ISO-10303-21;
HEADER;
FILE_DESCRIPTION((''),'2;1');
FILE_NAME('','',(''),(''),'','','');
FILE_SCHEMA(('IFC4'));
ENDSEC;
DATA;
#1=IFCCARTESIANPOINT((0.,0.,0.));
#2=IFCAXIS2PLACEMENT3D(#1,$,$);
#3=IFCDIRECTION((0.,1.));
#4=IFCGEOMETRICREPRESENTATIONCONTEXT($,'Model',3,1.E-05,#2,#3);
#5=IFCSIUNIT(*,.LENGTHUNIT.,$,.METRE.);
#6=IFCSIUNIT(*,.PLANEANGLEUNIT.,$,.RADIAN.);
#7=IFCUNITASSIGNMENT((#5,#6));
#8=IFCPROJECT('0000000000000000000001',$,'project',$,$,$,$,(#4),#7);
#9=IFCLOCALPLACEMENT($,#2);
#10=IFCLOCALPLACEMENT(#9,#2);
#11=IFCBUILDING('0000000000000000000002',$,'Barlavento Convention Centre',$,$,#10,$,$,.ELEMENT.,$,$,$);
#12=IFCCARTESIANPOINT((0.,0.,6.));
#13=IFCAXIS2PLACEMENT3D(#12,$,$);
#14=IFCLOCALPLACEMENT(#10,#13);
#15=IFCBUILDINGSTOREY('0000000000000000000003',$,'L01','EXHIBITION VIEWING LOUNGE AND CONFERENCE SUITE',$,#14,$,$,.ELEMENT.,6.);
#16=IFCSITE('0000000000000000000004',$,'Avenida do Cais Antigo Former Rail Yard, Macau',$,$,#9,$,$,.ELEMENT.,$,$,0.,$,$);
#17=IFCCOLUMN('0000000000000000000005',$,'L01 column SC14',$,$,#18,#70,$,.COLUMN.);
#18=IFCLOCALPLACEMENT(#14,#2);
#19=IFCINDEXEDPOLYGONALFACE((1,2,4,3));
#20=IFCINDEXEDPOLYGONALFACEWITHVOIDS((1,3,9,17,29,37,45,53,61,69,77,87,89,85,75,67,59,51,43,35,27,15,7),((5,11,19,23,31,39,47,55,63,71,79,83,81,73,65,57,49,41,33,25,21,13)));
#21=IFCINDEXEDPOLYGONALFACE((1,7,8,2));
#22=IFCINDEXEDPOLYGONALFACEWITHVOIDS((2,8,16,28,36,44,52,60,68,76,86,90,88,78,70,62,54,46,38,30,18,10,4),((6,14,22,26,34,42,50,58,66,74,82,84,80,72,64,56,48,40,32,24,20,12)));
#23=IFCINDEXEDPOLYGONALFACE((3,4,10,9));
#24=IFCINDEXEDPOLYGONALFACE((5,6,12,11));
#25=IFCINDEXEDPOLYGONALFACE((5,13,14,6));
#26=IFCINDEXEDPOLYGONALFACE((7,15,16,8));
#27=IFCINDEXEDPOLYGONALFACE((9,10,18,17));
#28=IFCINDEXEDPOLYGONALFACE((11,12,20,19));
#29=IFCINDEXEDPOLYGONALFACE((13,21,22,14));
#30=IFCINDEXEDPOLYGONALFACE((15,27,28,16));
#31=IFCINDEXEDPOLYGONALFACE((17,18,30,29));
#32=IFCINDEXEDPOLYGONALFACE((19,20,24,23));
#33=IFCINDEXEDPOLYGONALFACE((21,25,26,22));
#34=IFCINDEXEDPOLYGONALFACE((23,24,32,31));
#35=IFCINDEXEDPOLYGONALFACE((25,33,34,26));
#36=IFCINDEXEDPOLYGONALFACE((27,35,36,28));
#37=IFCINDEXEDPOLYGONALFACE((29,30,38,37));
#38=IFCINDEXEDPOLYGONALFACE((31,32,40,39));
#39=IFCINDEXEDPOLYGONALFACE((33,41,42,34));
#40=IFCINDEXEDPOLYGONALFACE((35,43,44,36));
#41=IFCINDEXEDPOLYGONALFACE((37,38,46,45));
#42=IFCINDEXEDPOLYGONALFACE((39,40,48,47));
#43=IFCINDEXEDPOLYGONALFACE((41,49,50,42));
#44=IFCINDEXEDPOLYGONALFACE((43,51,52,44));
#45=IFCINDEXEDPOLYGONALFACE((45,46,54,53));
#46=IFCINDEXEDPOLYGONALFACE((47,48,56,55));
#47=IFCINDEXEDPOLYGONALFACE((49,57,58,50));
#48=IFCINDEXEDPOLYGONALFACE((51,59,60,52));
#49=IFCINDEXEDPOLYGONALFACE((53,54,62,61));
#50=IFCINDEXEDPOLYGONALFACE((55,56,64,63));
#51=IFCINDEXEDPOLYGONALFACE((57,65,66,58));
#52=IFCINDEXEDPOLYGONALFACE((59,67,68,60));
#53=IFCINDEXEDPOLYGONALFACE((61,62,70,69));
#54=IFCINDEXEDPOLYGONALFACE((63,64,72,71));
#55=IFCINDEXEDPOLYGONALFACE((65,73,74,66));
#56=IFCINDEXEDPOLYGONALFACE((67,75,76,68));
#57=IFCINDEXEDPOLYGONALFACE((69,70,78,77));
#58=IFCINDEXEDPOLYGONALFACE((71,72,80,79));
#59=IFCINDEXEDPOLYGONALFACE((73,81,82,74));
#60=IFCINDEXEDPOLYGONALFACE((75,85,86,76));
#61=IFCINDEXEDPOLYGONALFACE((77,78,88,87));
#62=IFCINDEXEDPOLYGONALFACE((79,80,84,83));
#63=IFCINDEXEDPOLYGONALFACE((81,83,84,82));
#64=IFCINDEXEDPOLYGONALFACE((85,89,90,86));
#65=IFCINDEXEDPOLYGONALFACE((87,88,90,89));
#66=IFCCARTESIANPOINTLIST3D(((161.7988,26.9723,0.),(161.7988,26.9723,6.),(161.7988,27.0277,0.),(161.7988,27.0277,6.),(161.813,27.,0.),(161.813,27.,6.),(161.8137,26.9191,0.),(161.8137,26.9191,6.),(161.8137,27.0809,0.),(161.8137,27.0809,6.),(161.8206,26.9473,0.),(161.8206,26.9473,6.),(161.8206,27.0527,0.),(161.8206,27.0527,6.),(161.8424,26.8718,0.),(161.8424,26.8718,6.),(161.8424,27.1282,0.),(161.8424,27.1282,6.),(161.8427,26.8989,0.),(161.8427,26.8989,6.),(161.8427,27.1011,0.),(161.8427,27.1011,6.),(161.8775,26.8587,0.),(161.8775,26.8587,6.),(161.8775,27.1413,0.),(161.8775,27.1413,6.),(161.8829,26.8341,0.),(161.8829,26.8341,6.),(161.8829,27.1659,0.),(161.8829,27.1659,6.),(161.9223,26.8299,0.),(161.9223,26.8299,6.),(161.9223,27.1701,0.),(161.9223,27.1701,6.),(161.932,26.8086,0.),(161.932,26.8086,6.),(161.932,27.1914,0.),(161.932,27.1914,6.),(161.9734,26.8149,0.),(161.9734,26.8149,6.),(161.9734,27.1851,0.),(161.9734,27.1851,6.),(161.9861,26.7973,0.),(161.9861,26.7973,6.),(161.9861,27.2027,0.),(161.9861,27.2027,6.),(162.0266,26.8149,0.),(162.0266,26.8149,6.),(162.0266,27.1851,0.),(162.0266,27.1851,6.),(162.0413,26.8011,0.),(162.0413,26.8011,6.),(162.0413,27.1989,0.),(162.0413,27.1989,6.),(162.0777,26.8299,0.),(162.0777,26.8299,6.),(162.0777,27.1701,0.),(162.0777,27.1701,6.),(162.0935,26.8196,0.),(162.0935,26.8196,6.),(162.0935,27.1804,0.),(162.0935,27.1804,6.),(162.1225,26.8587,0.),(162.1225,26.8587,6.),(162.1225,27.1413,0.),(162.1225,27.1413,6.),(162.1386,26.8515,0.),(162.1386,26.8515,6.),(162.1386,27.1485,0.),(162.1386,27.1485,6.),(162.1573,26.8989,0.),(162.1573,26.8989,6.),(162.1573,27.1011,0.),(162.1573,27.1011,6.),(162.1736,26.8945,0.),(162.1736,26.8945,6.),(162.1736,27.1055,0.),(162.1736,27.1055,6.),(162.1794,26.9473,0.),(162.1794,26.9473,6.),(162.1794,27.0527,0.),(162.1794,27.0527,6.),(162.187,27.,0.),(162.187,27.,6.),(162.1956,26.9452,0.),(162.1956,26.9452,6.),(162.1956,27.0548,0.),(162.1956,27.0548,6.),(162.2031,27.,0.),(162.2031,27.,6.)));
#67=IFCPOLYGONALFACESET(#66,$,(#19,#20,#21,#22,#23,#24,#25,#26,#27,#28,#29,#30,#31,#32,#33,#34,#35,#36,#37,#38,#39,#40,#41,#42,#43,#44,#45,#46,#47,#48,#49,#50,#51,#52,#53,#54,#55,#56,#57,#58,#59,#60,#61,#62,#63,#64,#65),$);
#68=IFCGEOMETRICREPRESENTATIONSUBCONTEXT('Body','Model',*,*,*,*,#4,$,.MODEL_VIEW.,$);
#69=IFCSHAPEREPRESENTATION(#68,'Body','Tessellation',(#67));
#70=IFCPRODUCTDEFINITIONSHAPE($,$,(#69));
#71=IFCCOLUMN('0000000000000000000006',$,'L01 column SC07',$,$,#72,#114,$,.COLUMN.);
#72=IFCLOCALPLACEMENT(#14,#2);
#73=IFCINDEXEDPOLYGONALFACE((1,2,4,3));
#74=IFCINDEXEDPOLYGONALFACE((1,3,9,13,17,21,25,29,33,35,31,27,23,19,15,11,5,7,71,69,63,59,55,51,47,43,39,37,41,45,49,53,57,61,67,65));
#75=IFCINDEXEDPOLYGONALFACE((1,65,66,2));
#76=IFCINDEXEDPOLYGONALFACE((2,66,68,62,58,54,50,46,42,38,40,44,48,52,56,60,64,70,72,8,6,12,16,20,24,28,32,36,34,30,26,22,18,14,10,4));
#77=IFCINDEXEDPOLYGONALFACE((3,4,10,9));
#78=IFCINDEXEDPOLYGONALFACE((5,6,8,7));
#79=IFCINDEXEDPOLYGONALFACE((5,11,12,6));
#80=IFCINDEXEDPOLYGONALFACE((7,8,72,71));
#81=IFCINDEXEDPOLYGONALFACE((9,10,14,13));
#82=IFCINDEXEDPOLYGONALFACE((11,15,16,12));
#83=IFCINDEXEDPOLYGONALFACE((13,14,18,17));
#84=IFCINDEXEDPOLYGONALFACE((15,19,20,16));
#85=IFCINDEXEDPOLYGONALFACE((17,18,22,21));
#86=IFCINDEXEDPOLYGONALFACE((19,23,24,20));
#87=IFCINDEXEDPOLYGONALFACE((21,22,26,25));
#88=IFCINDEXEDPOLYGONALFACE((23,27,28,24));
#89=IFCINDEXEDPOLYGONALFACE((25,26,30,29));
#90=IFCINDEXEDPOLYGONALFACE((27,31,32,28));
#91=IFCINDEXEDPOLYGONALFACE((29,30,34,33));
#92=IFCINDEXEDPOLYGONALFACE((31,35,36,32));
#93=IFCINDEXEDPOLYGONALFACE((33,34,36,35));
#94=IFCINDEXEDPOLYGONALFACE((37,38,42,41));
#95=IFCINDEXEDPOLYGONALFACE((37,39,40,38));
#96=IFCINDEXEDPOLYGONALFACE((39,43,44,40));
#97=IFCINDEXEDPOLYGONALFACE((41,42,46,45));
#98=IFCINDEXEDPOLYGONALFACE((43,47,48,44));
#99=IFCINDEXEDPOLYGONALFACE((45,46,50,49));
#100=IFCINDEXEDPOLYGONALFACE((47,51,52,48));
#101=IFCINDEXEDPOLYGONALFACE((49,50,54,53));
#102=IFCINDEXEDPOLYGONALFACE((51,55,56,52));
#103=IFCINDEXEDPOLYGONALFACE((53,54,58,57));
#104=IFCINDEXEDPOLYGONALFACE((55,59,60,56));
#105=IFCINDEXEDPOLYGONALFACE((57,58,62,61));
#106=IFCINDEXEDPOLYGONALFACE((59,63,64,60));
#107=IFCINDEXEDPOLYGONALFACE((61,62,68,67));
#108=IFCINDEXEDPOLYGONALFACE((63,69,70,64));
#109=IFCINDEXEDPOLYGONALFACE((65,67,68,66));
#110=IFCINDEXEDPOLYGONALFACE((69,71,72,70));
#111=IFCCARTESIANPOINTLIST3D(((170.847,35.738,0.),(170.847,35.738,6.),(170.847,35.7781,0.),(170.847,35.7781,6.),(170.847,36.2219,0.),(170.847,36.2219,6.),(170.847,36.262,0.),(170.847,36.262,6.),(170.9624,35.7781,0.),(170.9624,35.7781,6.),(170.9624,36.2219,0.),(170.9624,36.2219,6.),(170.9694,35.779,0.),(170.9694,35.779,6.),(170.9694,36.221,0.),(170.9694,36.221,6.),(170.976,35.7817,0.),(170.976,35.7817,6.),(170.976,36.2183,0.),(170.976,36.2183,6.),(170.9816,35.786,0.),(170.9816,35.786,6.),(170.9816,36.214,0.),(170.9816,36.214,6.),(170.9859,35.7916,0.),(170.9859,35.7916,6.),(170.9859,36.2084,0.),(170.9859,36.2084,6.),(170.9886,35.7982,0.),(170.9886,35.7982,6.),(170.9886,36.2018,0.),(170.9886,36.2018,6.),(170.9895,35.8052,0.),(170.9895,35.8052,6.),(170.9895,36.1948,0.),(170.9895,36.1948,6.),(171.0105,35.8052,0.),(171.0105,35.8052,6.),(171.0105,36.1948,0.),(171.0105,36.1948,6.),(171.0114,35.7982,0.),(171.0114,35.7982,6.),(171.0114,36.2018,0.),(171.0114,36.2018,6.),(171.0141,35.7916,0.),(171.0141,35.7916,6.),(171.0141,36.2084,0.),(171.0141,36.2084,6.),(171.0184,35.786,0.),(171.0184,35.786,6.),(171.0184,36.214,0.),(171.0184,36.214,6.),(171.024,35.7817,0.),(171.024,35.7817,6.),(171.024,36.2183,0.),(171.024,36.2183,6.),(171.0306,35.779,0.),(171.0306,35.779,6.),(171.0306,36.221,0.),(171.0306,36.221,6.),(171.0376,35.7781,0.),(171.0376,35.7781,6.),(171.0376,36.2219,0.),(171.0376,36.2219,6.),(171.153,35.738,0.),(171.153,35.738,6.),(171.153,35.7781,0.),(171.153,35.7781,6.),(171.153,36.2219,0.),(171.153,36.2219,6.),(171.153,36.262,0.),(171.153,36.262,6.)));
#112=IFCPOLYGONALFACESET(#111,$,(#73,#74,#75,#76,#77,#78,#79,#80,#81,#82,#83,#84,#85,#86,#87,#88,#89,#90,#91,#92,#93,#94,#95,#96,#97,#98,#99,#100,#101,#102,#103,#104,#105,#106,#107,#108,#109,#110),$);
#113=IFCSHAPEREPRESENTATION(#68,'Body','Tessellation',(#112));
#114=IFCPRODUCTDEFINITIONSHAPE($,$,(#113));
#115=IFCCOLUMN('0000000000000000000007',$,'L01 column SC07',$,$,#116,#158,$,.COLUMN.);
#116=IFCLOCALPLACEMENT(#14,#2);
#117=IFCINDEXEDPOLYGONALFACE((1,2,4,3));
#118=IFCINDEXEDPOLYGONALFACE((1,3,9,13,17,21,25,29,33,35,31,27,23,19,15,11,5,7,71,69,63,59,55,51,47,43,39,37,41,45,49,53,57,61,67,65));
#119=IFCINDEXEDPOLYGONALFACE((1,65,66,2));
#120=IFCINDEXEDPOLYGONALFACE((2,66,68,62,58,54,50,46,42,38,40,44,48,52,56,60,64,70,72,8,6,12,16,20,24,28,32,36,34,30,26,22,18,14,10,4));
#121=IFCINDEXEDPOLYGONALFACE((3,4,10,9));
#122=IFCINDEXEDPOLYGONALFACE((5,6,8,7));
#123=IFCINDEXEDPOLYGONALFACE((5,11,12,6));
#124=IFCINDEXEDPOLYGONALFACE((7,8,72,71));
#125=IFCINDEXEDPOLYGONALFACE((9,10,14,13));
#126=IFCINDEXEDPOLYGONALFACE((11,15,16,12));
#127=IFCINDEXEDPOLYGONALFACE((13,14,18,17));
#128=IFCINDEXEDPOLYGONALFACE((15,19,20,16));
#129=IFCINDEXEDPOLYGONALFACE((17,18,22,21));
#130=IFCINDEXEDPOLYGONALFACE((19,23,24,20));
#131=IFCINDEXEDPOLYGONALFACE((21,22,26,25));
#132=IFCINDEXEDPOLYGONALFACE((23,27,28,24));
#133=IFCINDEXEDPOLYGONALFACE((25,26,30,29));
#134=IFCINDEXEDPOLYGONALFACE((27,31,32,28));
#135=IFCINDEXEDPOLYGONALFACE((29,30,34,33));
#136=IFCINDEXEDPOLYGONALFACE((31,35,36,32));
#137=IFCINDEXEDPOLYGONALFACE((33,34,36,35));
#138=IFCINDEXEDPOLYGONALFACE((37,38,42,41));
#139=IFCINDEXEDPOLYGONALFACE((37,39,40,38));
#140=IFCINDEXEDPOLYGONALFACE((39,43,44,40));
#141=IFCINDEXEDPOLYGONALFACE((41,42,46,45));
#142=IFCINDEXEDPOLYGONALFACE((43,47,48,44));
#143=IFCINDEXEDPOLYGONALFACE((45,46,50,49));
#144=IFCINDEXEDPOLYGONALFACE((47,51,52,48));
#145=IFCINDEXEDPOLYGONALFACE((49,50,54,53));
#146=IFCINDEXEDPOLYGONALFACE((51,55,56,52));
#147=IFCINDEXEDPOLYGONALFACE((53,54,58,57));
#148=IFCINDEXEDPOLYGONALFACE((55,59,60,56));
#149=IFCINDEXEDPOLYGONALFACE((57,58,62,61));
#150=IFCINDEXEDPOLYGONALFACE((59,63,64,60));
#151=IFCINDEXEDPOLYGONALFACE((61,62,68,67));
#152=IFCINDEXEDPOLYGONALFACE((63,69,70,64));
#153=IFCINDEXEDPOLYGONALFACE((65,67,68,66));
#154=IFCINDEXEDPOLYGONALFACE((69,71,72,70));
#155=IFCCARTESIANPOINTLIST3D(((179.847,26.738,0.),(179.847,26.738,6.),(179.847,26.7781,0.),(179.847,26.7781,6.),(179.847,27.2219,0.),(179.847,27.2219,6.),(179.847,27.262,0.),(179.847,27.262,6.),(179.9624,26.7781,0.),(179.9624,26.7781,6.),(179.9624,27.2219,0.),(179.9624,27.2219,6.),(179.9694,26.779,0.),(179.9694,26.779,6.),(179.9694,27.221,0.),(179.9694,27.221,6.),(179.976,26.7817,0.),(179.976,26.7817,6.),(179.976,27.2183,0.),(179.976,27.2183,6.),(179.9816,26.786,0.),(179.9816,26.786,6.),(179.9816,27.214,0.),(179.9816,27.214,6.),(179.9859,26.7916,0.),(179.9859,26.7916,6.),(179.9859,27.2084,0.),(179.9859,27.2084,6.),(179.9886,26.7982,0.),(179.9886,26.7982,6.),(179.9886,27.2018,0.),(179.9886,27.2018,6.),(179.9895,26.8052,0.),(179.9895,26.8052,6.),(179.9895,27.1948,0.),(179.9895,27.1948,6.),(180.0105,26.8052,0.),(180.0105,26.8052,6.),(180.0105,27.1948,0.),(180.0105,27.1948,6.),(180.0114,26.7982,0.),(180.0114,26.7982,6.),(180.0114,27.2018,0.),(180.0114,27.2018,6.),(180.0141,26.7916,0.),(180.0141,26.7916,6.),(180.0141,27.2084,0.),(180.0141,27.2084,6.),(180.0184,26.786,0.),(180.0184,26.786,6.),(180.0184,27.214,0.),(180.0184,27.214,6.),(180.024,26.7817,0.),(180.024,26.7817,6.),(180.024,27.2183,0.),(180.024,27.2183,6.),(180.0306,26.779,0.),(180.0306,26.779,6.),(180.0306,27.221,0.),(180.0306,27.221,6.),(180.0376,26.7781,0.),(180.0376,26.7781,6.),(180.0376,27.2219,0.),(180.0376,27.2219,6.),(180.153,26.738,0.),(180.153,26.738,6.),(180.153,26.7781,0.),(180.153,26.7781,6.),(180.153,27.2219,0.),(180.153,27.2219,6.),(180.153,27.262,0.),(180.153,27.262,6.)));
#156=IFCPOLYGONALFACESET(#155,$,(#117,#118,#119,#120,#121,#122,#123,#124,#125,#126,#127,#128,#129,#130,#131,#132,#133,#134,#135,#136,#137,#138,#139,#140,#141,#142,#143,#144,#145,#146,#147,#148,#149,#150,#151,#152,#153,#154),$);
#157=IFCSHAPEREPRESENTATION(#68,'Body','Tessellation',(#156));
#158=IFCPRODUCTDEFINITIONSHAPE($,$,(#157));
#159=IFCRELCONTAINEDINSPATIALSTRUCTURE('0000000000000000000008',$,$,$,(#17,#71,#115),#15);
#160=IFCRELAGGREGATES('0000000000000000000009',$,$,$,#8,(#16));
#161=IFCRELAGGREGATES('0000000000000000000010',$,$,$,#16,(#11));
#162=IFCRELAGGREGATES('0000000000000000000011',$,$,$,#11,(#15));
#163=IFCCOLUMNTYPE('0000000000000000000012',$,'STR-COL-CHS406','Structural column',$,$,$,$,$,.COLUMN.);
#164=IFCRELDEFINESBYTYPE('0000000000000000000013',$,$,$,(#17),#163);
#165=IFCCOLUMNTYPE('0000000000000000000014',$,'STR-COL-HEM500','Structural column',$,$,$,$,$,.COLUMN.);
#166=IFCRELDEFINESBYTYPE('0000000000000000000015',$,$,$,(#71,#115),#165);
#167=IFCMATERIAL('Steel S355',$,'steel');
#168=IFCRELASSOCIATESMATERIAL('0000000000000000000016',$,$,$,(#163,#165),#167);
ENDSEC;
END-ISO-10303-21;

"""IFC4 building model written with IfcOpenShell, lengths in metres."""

from ifc_helpers import new_model, si_unit, direction, frame, origin, origin_2d, place, context, subcontext, project, spatial, hollow_circle, i_section, extrude, material, material_profile, profile_set, type_object, element, save


model = new_model("IFC4")

# Units and contexts
model_context = context("Model", 3, precision=1e-05, world=origin(), true_north=direction((0.0, 1.0)))
body_context = subcontext(model_context, "Body", "Model", "MODEL_VIEW")
ifc_project = project(units=[si_unit("LENGTHUNIT", "METRE"), si_unit("PLANEANGLEUNIT", "RADIAN")], contexts=[model_context])

# Site, building, storey
site_placement = place(None, origin())
site = spatial("IfcSite", under=ifc_project, at=site_placement, Name="Avenida do Cais Antigo Former Rail Yard, Macau", CompositionType="ELEMENT", RefElevation=0.0)
building_placement = place(site_placement, origin())
building = spatial("IfcBuilding", under=site, at=building_placement, Name="Barlavento Convention Centre", CompositionType="ELEMENT")
storey_placement = place(building_placement, frame((0.0, 0.0, 6.0)))
storey = spatial("IfcBuildingStorey", under=building, at=storey_placement, Name="L01", Description="EXHIBITION VIEWING LOUNGE AND CONFERENCE SUITE", CompositionType="ELEMENT", Elevation=6.0)

# Columns
ifc_material_1 = material(Name="Steel S355", Category="steel")
ifc_material_profile_1 = material_profile(ifc_material_1, hollow_circle(Radius=0.2031, WallThickness=0.0161, at=origin_2d()), Name="CHS 406.4x16.0")
ifc_profile_set_1 = profile_set([ifc_material_profile_1], Name="Steel S355")
column_type_1 = type_object("IfcColumnType", Name="STR-COL-CHS406", Description="Structural column", PredefinedType="COLUMN", material=ifc_profile_set_1)
column_1_placement = place(storey_placement, frame((162.0, 27.0, 0.0), z_axis=(0.0, 0.0, 1.0), x_axis=(1.0, 0.0, 0.0)))
element("IfcColumn", 1, at=column_1_placement, inside=storey, type_object=column_type_1, Name="L01 column SC14", PredefinedType="COLUMN", context=body_context, shape_type="SweptSolid", body=[
    extrude(hollow_circle(Radius=0.2031, WallThickness=0.0161, at=origin_2d()), origin(), (0.0, 0.0, 1.0), 6.0),
])
ifc_material_profile_2 = material_profile(ifc_material_1, i_section(OverallWidth=0.3059, OverallDepth=0.5239, WebThickness=0.021, FlangeThickness=0.04, FilletRadius=0.0271, at=origin_2d()), Name="HEM 500")
ifc_profile_set_2 = profile_set([ifc_material_profile_2], Name="Steel S355")
column_type_2 = type_object("IfcColumnType", Name="STR-COL-HEM500", Description="Structural column", PredefinedType="COLUMN", material=ifc_profile_set_2)
for number, where, z_axis, x_axis, name in (
    (2, (171.0, 36.0, 0.0), (0.0, 0.0, 1.0), (1.0, 0.0, 0.0), "L01 column SC07"),
    (3, (180.0, 27.0, 0.0), (0.0, 0.0, 1.0), (1.0, 0.0, 0.0), "L01 column SC07"),
):
    element("IfcColumn", number, at=place(storey_placement, frame(where, z_axis=z_axis, x_axis=x_axis)), inside=storey, type_object=column_type_2, Name=name, PredefinedType="COLUMN", context=body_context, shape_type="SweptSolid", body=[
        extrude(i_section(OverallWidth=0.3059, OverallDepth=0.5239, WebThickness=0.021, FlangeThickness=0.04, FilletRadius=0.0271, at=origin_2d()), origin(), (0.0, 0.0, 1.0), 6.0),
    ])

save(model, "model.ifc")
